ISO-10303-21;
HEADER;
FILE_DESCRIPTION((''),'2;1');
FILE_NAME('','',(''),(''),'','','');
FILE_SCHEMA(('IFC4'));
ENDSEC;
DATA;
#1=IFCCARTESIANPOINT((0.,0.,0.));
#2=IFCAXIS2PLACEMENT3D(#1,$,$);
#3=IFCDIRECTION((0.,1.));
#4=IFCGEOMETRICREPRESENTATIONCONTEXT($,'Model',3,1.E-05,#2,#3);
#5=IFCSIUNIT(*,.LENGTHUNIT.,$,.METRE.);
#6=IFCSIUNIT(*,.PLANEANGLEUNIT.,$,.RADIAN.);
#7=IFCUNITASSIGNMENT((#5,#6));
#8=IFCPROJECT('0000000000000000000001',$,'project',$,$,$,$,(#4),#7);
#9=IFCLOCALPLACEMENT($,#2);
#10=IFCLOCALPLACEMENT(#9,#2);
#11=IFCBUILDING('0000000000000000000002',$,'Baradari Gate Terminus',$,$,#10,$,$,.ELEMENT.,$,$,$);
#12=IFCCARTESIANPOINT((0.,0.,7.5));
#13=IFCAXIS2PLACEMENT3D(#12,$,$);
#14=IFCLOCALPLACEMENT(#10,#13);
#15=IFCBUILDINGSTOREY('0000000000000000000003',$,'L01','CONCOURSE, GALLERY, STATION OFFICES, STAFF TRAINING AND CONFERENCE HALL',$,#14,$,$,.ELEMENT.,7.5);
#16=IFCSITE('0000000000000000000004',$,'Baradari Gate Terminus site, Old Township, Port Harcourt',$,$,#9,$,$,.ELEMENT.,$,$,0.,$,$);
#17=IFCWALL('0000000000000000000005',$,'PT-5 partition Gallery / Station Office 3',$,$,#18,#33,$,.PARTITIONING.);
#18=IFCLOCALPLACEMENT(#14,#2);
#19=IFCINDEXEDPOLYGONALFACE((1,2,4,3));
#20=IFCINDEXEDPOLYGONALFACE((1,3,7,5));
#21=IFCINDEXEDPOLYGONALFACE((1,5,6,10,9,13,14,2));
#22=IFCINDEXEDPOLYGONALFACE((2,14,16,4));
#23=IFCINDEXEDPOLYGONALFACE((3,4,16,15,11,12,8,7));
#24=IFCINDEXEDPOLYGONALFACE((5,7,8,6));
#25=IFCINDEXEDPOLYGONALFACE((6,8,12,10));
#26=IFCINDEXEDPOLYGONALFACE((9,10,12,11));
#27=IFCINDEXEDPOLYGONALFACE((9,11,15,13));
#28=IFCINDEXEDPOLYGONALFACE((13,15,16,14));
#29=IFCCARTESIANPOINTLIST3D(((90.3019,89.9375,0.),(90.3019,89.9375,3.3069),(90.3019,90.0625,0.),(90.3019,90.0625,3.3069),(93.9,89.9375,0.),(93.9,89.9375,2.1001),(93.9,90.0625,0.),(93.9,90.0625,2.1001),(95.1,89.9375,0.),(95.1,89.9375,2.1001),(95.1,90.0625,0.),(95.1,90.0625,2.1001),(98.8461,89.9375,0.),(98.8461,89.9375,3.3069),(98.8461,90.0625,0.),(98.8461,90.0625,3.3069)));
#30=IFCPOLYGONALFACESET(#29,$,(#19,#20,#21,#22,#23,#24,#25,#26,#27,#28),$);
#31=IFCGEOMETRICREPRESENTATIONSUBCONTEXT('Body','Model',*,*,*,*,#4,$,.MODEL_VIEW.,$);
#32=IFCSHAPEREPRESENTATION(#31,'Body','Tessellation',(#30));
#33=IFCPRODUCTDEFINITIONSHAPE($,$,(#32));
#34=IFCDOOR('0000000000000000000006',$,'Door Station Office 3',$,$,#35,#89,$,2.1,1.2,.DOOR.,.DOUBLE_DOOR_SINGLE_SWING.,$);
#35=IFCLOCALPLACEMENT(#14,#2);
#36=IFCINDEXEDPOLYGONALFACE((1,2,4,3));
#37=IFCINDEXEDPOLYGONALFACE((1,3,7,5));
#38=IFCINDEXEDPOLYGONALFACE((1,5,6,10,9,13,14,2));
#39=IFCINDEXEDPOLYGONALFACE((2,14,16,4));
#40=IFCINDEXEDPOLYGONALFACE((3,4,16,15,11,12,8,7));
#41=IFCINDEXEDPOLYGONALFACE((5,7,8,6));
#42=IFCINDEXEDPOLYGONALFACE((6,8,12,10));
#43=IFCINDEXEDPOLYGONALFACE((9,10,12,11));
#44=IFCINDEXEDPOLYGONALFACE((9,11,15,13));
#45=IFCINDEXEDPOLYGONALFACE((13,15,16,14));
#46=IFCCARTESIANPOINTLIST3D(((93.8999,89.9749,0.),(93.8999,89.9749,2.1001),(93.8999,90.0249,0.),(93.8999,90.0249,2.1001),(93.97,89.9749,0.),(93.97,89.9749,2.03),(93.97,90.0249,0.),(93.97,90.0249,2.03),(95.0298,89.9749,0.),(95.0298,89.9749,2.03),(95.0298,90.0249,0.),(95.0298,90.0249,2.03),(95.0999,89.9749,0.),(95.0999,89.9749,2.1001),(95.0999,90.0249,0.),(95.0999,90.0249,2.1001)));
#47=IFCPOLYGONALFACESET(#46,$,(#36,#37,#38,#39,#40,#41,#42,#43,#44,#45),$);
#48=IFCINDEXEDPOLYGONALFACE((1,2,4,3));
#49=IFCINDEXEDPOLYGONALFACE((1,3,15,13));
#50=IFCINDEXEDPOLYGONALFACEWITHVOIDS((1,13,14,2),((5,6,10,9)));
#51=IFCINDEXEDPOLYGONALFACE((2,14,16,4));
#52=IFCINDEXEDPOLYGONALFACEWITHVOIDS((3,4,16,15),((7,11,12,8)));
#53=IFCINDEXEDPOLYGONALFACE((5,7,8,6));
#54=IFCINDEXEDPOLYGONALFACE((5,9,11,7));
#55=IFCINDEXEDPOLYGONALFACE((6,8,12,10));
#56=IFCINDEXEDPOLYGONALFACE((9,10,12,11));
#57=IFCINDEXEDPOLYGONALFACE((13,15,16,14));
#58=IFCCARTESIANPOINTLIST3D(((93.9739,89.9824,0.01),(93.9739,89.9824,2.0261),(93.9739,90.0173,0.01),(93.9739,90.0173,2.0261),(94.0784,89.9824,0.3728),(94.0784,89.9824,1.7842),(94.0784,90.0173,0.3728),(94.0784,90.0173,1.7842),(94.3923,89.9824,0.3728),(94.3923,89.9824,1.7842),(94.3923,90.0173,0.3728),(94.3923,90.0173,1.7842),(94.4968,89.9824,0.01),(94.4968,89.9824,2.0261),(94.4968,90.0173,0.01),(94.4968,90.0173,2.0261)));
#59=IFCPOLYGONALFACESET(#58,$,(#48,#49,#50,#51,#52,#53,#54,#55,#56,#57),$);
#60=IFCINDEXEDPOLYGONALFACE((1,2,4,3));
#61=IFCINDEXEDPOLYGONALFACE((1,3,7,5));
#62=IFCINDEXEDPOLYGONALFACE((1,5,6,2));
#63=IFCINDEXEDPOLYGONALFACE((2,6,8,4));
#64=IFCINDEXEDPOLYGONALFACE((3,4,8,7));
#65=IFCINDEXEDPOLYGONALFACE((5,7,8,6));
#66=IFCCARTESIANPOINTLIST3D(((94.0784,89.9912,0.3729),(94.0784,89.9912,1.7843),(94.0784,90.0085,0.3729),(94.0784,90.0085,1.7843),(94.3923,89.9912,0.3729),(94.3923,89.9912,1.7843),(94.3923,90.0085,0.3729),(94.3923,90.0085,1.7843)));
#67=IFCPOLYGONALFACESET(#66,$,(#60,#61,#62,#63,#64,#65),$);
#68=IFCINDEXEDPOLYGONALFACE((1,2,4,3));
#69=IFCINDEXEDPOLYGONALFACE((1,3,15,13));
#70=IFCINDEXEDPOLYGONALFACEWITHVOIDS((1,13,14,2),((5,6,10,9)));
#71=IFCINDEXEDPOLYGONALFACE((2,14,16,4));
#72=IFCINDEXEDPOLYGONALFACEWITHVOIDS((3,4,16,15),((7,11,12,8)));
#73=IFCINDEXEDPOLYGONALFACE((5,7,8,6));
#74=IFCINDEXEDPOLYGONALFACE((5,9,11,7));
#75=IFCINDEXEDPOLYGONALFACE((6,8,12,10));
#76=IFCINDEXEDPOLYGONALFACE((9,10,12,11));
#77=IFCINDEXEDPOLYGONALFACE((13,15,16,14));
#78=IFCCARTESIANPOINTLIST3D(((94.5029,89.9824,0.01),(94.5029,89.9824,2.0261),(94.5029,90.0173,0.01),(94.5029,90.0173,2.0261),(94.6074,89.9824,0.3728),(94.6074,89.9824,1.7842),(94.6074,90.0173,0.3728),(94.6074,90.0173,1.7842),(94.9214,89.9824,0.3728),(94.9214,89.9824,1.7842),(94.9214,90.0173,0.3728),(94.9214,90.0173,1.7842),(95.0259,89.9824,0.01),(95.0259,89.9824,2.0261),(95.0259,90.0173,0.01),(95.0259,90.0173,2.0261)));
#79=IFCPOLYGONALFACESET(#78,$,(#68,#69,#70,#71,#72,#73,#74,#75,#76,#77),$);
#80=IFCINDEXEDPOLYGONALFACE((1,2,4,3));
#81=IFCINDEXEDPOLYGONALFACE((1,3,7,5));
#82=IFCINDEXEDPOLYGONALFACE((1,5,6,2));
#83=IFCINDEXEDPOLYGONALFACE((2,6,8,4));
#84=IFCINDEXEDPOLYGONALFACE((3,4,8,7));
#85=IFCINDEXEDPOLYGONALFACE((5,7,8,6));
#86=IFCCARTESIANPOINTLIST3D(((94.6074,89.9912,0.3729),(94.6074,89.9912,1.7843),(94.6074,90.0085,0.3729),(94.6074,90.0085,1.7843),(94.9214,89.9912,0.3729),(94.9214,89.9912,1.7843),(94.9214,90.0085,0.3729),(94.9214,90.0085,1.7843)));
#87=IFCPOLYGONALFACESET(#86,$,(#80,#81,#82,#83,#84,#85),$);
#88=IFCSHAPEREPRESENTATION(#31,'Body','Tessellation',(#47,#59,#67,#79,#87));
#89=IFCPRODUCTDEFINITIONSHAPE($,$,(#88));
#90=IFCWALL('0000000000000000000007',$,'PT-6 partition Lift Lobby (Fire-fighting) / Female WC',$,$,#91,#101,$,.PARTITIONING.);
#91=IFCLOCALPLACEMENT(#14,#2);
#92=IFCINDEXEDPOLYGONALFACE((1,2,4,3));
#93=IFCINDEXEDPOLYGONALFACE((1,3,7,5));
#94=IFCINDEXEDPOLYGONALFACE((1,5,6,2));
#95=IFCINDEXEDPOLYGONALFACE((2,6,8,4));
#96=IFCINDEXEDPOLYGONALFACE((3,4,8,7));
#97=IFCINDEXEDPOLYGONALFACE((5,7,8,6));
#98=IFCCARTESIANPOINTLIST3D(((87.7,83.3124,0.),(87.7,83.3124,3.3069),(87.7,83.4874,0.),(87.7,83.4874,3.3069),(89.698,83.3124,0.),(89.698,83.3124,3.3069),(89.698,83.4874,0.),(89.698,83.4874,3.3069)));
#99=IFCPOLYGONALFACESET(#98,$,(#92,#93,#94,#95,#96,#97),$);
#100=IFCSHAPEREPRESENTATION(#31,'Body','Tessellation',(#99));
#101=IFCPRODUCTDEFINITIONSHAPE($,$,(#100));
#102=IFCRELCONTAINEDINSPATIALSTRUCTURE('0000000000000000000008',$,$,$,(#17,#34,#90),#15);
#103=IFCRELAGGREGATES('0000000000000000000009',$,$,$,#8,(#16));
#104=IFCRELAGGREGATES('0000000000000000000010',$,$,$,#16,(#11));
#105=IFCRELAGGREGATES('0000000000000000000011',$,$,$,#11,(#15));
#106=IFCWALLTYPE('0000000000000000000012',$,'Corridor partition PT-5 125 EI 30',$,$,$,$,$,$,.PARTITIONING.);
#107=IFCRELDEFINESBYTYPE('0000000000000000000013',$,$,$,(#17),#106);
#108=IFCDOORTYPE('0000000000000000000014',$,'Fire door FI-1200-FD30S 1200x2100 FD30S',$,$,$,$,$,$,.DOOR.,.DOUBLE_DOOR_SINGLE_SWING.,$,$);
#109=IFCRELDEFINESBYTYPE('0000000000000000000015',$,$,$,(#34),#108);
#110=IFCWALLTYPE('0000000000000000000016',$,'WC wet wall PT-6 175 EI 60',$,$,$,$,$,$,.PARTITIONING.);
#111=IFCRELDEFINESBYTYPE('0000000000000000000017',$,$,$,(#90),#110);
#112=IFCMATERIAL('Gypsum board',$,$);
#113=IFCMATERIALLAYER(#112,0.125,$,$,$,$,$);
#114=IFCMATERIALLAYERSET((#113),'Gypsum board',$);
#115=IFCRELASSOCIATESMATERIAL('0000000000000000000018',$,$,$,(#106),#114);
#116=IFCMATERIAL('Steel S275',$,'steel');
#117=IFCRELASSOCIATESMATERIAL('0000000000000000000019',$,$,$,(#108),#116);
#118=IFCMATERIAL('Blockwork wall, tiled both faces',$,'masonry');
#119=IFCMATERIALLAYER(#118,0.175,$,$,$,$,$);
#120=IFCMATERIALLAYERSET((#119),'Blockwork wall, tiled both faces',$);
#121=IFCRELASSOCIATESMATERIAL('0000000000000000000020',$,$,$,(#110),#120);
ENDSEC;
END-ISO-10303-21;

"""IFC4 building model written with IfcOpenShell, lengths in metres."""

from ifc_helpers import new_model, si_unit, direction, frame, frame_2d, origin, place, context, subcontext, project, spatial, polyline, rectangle, outline, extrude, material, layer, layer_set, type_object, element, fill, save


model = new_model("IFC4")

# Units and contexts
model_context = context("Model", 3, precision=1e-05, world=origin(), true_north=direction((0.0, 1.0)))
body_context = subcontext(model_context, "Body", "Model", "MODEL_VIEW")
ifc_project = project(units=[si_unit("LENGTHUNIT", "METRE"), si_unit("PLANEANGLEUNIT", "RADIAN")], contexts=[model_context])

# Site, building, storey
site_placement = place(None, origin())
site = spatial("IfcSite", under=ifc_project, at=site_placement, Name="Baradari Gate Terminus site, Old Township, Port Harcourt", CompositionType="ELEMENT", RefElevation=0.0)
building_placement = place(site_placement, origin())
building = spatial("IfcBuilding", under=site, at=building_placement, Name="Baradari Gate Terminus", CompositionType="ELEMENT")
storey_placement = place(building_placement, frame((0.0, 0.0, 7.5)))
storey = spatial("IfcBuildingStorey", under=building, at=storey_placement, Name="L01", Description="CONCOURSE, GALLERY, STATION OFFICES, STAFF TRAINING AND CONFERENCE HALL", CompositionType="ELEMENT", Elevation=7.5)

# Wall, opening, door
ifc_material_1 = material(Name="Gypsum board")
ifc_layer_1 = layer(ifc_material_1, 0.125)
ifc_layer_set_1 = layer_set([ifc_layer_1], Name="Gypsum board")
wall_type_1 = type_object("IfcWallType", Name="Corridor partition PT-5 125 EI 30", PredefinedType="PARTITIONING", material=ifc_layer_set_1)
wall_1_placement = place(storey_placement, frame((90.302, 90.0, 0.0), z_axis=(0.0, 0.0, 1.0), x_axis=(1.0, 0.0, 0.0)))
wall_1 = element("IfcWall", 1, at=wall_1_placement, inside=storey, type_object=wall_type_1, Name="PT-5 partition Gallery / Station Office 3", PredefinedType="PARTITIONING", context=body_context, shape_type="SweptSolid", body=[
    extrude(rectangle(XDim=8.5442, YDim=0.125, at=frame_2d((4.272, 0.0))), origin(), (0.0, 0.0, 1.0), 3.3069),
])
opening_1_placement = place(wall_1_placement, frame((3.5979, 0.0, 0.0)))
opening_1 = element("IfcOpeningElement", 2, at=opening_1_placement, cuts=wall_1, PredefinedType="OPENING", context=body_context, shape_type="SweptSolid", body=[
    extrude(rectangle(XDim=1.2, YDim=2.1001, at=frame_2d((0.6001, 1.05))), frame((0.0, 0.0725, 0.0), z_axis=(0.0, -1.0, 0.0), x_axis=(1.0, 0.0, 0.0)), (0.0, 0.0, 1.0), 0.145),
])
ifc_material_2 = material(Name="Steel S275", Category="steel")
door_type_1 = type_object("IfcDoorType", Name="Fire door FI-1200-FD30S 1200x2100 FD30S", OperationType="DOUBLE_DOOR_SINGLE_SWING", PredefinedType="DOOR", material=ifc_material_2)
door_1_placement = place(opening_1_placement, origin())
door_1 = element("IfcDoor", 3, at=door_1_placement, inside=storey, type_object=door_type_1, Name="Door Station Office 3", OperationType="DOUBLE_DOOR_SINGLE_SWING", OverallHeight=2.1, OverallWidth=1.2, PredefinedType="DOOR", context=body_context, shape_type="SweptSolid", body=[
    extrude(outline(polyline([(0.0, 0.0), (0.0701, 0.0), (0.0701, 2.03), (1.1299, 2.03), (1.1299, 0.0), (1.2, 0.0), (1.2, 2.1001), (0.0, 2.1001), (0.0, 0.0)])), frame((0.0, 0.0249, 0.0), z_axis=(0.0, -1.0, 0.0), x_axis=(1.0, 0.0, 0.0)), (0.0, 0.0, 1.0), 0.05),
    extrude(outline(polyline([(0.074, 0.01), (0.5969, 0.01), (0.5969, 2.0261), (0.074, 2.0261), (0.074, 0.01)]), holes=[polyline([(0.1785, 0.3728), (0.4924, 0.3728), (0.4924, 1.7842), (0.1785, 1.7842), (0.1785, 0.3728)])]), frame((0.0, 0.0173, 0.0), z_axis=(0.0, -1.0, 0.0), x_axis=(1.0, 0.0, 0.0)), (0.0, 0.0, 1.0), 0.0349),
    extrude(rectangle(XDim=0.314, YDim=1.4114, at=frame_2d((0.3354, 1.0786))), frame((0.0, 0.0085, 0.0), z_axis=(0.0, -1.0, 0.0), x_axis=(1.0, 0.0, 0.0)), (0.0, 0.0, 1.0), 0.0173),
    extrude(outline(polyline([(0.603, 0.01), (1.126, 0.01), (1.126, 2.0261), (0.603, 2.0261), (0.603, 0.01)]), holes=[polyline([(0.7075, 0.3728), (1.0215, 0.3728), (1.0215, 1.7842), (0.7075, 1.7842), (0.7075, 0.3728)])]), frame((0.0, 0.0173, 0.0), z_axis=(0.0, -1.0, 0.0), x_axis=(1.0, 0.0, 0.0)), (0.0, 0.0, 1.0), 0.0349),
    extrude(rectangle(XDim=0.314, YDim=1.4114, at=frame_2d((0.8645, 1.0786))), frame((0.0, 0.0085, 0.0), z_axis=(0.0, -1.0, 0.0), x_axis=(1.0, 0.0, 0.0)), (0.0, 0.0, 1.0), 0.0173),
])
fill(opening_1, door_1)

# Wall
ifc_material_3 = material(Name="Blockwork wall, tiled both faces", Category="masonry")
ifc_layer_2 = layer(ifc_material_3, 0.175)
ifc_layer_set_2 = layer_set([ifc_layer_2], Name="Blockwork wall, tiled both faces")
wall_type_2 = type_object("IfcWallType", Name="WC wet wall PT-6 175 EI 60", PredefinedType="PARTITIONING", material=ifc_layer_set_2)
wall_2_placement = place(storey_placement, frame((89.698, 83.3999, 0.0), z_axis=(0.0, 0.0, 1.0), x_axis=(-1.0, 0.0, 0.0)))
element("IfcWall", 4, at=wall_2_placement, inside=storey, type_object=wall_type_2, Name="PT-6 partition Lift Lobby (Fire-fighting) / Female WC", PredefinedType="PARTITIONING", context=body_context, shape_type="SweptSolid", body=[
    extrude(rectangle(XDim=1.998, YDim=0.175, at=frame_2d((0.999, 0.0))), origin(), (0.0, 0.0, 1.0), 3.3069),
])

save(model, "model.ifc")
